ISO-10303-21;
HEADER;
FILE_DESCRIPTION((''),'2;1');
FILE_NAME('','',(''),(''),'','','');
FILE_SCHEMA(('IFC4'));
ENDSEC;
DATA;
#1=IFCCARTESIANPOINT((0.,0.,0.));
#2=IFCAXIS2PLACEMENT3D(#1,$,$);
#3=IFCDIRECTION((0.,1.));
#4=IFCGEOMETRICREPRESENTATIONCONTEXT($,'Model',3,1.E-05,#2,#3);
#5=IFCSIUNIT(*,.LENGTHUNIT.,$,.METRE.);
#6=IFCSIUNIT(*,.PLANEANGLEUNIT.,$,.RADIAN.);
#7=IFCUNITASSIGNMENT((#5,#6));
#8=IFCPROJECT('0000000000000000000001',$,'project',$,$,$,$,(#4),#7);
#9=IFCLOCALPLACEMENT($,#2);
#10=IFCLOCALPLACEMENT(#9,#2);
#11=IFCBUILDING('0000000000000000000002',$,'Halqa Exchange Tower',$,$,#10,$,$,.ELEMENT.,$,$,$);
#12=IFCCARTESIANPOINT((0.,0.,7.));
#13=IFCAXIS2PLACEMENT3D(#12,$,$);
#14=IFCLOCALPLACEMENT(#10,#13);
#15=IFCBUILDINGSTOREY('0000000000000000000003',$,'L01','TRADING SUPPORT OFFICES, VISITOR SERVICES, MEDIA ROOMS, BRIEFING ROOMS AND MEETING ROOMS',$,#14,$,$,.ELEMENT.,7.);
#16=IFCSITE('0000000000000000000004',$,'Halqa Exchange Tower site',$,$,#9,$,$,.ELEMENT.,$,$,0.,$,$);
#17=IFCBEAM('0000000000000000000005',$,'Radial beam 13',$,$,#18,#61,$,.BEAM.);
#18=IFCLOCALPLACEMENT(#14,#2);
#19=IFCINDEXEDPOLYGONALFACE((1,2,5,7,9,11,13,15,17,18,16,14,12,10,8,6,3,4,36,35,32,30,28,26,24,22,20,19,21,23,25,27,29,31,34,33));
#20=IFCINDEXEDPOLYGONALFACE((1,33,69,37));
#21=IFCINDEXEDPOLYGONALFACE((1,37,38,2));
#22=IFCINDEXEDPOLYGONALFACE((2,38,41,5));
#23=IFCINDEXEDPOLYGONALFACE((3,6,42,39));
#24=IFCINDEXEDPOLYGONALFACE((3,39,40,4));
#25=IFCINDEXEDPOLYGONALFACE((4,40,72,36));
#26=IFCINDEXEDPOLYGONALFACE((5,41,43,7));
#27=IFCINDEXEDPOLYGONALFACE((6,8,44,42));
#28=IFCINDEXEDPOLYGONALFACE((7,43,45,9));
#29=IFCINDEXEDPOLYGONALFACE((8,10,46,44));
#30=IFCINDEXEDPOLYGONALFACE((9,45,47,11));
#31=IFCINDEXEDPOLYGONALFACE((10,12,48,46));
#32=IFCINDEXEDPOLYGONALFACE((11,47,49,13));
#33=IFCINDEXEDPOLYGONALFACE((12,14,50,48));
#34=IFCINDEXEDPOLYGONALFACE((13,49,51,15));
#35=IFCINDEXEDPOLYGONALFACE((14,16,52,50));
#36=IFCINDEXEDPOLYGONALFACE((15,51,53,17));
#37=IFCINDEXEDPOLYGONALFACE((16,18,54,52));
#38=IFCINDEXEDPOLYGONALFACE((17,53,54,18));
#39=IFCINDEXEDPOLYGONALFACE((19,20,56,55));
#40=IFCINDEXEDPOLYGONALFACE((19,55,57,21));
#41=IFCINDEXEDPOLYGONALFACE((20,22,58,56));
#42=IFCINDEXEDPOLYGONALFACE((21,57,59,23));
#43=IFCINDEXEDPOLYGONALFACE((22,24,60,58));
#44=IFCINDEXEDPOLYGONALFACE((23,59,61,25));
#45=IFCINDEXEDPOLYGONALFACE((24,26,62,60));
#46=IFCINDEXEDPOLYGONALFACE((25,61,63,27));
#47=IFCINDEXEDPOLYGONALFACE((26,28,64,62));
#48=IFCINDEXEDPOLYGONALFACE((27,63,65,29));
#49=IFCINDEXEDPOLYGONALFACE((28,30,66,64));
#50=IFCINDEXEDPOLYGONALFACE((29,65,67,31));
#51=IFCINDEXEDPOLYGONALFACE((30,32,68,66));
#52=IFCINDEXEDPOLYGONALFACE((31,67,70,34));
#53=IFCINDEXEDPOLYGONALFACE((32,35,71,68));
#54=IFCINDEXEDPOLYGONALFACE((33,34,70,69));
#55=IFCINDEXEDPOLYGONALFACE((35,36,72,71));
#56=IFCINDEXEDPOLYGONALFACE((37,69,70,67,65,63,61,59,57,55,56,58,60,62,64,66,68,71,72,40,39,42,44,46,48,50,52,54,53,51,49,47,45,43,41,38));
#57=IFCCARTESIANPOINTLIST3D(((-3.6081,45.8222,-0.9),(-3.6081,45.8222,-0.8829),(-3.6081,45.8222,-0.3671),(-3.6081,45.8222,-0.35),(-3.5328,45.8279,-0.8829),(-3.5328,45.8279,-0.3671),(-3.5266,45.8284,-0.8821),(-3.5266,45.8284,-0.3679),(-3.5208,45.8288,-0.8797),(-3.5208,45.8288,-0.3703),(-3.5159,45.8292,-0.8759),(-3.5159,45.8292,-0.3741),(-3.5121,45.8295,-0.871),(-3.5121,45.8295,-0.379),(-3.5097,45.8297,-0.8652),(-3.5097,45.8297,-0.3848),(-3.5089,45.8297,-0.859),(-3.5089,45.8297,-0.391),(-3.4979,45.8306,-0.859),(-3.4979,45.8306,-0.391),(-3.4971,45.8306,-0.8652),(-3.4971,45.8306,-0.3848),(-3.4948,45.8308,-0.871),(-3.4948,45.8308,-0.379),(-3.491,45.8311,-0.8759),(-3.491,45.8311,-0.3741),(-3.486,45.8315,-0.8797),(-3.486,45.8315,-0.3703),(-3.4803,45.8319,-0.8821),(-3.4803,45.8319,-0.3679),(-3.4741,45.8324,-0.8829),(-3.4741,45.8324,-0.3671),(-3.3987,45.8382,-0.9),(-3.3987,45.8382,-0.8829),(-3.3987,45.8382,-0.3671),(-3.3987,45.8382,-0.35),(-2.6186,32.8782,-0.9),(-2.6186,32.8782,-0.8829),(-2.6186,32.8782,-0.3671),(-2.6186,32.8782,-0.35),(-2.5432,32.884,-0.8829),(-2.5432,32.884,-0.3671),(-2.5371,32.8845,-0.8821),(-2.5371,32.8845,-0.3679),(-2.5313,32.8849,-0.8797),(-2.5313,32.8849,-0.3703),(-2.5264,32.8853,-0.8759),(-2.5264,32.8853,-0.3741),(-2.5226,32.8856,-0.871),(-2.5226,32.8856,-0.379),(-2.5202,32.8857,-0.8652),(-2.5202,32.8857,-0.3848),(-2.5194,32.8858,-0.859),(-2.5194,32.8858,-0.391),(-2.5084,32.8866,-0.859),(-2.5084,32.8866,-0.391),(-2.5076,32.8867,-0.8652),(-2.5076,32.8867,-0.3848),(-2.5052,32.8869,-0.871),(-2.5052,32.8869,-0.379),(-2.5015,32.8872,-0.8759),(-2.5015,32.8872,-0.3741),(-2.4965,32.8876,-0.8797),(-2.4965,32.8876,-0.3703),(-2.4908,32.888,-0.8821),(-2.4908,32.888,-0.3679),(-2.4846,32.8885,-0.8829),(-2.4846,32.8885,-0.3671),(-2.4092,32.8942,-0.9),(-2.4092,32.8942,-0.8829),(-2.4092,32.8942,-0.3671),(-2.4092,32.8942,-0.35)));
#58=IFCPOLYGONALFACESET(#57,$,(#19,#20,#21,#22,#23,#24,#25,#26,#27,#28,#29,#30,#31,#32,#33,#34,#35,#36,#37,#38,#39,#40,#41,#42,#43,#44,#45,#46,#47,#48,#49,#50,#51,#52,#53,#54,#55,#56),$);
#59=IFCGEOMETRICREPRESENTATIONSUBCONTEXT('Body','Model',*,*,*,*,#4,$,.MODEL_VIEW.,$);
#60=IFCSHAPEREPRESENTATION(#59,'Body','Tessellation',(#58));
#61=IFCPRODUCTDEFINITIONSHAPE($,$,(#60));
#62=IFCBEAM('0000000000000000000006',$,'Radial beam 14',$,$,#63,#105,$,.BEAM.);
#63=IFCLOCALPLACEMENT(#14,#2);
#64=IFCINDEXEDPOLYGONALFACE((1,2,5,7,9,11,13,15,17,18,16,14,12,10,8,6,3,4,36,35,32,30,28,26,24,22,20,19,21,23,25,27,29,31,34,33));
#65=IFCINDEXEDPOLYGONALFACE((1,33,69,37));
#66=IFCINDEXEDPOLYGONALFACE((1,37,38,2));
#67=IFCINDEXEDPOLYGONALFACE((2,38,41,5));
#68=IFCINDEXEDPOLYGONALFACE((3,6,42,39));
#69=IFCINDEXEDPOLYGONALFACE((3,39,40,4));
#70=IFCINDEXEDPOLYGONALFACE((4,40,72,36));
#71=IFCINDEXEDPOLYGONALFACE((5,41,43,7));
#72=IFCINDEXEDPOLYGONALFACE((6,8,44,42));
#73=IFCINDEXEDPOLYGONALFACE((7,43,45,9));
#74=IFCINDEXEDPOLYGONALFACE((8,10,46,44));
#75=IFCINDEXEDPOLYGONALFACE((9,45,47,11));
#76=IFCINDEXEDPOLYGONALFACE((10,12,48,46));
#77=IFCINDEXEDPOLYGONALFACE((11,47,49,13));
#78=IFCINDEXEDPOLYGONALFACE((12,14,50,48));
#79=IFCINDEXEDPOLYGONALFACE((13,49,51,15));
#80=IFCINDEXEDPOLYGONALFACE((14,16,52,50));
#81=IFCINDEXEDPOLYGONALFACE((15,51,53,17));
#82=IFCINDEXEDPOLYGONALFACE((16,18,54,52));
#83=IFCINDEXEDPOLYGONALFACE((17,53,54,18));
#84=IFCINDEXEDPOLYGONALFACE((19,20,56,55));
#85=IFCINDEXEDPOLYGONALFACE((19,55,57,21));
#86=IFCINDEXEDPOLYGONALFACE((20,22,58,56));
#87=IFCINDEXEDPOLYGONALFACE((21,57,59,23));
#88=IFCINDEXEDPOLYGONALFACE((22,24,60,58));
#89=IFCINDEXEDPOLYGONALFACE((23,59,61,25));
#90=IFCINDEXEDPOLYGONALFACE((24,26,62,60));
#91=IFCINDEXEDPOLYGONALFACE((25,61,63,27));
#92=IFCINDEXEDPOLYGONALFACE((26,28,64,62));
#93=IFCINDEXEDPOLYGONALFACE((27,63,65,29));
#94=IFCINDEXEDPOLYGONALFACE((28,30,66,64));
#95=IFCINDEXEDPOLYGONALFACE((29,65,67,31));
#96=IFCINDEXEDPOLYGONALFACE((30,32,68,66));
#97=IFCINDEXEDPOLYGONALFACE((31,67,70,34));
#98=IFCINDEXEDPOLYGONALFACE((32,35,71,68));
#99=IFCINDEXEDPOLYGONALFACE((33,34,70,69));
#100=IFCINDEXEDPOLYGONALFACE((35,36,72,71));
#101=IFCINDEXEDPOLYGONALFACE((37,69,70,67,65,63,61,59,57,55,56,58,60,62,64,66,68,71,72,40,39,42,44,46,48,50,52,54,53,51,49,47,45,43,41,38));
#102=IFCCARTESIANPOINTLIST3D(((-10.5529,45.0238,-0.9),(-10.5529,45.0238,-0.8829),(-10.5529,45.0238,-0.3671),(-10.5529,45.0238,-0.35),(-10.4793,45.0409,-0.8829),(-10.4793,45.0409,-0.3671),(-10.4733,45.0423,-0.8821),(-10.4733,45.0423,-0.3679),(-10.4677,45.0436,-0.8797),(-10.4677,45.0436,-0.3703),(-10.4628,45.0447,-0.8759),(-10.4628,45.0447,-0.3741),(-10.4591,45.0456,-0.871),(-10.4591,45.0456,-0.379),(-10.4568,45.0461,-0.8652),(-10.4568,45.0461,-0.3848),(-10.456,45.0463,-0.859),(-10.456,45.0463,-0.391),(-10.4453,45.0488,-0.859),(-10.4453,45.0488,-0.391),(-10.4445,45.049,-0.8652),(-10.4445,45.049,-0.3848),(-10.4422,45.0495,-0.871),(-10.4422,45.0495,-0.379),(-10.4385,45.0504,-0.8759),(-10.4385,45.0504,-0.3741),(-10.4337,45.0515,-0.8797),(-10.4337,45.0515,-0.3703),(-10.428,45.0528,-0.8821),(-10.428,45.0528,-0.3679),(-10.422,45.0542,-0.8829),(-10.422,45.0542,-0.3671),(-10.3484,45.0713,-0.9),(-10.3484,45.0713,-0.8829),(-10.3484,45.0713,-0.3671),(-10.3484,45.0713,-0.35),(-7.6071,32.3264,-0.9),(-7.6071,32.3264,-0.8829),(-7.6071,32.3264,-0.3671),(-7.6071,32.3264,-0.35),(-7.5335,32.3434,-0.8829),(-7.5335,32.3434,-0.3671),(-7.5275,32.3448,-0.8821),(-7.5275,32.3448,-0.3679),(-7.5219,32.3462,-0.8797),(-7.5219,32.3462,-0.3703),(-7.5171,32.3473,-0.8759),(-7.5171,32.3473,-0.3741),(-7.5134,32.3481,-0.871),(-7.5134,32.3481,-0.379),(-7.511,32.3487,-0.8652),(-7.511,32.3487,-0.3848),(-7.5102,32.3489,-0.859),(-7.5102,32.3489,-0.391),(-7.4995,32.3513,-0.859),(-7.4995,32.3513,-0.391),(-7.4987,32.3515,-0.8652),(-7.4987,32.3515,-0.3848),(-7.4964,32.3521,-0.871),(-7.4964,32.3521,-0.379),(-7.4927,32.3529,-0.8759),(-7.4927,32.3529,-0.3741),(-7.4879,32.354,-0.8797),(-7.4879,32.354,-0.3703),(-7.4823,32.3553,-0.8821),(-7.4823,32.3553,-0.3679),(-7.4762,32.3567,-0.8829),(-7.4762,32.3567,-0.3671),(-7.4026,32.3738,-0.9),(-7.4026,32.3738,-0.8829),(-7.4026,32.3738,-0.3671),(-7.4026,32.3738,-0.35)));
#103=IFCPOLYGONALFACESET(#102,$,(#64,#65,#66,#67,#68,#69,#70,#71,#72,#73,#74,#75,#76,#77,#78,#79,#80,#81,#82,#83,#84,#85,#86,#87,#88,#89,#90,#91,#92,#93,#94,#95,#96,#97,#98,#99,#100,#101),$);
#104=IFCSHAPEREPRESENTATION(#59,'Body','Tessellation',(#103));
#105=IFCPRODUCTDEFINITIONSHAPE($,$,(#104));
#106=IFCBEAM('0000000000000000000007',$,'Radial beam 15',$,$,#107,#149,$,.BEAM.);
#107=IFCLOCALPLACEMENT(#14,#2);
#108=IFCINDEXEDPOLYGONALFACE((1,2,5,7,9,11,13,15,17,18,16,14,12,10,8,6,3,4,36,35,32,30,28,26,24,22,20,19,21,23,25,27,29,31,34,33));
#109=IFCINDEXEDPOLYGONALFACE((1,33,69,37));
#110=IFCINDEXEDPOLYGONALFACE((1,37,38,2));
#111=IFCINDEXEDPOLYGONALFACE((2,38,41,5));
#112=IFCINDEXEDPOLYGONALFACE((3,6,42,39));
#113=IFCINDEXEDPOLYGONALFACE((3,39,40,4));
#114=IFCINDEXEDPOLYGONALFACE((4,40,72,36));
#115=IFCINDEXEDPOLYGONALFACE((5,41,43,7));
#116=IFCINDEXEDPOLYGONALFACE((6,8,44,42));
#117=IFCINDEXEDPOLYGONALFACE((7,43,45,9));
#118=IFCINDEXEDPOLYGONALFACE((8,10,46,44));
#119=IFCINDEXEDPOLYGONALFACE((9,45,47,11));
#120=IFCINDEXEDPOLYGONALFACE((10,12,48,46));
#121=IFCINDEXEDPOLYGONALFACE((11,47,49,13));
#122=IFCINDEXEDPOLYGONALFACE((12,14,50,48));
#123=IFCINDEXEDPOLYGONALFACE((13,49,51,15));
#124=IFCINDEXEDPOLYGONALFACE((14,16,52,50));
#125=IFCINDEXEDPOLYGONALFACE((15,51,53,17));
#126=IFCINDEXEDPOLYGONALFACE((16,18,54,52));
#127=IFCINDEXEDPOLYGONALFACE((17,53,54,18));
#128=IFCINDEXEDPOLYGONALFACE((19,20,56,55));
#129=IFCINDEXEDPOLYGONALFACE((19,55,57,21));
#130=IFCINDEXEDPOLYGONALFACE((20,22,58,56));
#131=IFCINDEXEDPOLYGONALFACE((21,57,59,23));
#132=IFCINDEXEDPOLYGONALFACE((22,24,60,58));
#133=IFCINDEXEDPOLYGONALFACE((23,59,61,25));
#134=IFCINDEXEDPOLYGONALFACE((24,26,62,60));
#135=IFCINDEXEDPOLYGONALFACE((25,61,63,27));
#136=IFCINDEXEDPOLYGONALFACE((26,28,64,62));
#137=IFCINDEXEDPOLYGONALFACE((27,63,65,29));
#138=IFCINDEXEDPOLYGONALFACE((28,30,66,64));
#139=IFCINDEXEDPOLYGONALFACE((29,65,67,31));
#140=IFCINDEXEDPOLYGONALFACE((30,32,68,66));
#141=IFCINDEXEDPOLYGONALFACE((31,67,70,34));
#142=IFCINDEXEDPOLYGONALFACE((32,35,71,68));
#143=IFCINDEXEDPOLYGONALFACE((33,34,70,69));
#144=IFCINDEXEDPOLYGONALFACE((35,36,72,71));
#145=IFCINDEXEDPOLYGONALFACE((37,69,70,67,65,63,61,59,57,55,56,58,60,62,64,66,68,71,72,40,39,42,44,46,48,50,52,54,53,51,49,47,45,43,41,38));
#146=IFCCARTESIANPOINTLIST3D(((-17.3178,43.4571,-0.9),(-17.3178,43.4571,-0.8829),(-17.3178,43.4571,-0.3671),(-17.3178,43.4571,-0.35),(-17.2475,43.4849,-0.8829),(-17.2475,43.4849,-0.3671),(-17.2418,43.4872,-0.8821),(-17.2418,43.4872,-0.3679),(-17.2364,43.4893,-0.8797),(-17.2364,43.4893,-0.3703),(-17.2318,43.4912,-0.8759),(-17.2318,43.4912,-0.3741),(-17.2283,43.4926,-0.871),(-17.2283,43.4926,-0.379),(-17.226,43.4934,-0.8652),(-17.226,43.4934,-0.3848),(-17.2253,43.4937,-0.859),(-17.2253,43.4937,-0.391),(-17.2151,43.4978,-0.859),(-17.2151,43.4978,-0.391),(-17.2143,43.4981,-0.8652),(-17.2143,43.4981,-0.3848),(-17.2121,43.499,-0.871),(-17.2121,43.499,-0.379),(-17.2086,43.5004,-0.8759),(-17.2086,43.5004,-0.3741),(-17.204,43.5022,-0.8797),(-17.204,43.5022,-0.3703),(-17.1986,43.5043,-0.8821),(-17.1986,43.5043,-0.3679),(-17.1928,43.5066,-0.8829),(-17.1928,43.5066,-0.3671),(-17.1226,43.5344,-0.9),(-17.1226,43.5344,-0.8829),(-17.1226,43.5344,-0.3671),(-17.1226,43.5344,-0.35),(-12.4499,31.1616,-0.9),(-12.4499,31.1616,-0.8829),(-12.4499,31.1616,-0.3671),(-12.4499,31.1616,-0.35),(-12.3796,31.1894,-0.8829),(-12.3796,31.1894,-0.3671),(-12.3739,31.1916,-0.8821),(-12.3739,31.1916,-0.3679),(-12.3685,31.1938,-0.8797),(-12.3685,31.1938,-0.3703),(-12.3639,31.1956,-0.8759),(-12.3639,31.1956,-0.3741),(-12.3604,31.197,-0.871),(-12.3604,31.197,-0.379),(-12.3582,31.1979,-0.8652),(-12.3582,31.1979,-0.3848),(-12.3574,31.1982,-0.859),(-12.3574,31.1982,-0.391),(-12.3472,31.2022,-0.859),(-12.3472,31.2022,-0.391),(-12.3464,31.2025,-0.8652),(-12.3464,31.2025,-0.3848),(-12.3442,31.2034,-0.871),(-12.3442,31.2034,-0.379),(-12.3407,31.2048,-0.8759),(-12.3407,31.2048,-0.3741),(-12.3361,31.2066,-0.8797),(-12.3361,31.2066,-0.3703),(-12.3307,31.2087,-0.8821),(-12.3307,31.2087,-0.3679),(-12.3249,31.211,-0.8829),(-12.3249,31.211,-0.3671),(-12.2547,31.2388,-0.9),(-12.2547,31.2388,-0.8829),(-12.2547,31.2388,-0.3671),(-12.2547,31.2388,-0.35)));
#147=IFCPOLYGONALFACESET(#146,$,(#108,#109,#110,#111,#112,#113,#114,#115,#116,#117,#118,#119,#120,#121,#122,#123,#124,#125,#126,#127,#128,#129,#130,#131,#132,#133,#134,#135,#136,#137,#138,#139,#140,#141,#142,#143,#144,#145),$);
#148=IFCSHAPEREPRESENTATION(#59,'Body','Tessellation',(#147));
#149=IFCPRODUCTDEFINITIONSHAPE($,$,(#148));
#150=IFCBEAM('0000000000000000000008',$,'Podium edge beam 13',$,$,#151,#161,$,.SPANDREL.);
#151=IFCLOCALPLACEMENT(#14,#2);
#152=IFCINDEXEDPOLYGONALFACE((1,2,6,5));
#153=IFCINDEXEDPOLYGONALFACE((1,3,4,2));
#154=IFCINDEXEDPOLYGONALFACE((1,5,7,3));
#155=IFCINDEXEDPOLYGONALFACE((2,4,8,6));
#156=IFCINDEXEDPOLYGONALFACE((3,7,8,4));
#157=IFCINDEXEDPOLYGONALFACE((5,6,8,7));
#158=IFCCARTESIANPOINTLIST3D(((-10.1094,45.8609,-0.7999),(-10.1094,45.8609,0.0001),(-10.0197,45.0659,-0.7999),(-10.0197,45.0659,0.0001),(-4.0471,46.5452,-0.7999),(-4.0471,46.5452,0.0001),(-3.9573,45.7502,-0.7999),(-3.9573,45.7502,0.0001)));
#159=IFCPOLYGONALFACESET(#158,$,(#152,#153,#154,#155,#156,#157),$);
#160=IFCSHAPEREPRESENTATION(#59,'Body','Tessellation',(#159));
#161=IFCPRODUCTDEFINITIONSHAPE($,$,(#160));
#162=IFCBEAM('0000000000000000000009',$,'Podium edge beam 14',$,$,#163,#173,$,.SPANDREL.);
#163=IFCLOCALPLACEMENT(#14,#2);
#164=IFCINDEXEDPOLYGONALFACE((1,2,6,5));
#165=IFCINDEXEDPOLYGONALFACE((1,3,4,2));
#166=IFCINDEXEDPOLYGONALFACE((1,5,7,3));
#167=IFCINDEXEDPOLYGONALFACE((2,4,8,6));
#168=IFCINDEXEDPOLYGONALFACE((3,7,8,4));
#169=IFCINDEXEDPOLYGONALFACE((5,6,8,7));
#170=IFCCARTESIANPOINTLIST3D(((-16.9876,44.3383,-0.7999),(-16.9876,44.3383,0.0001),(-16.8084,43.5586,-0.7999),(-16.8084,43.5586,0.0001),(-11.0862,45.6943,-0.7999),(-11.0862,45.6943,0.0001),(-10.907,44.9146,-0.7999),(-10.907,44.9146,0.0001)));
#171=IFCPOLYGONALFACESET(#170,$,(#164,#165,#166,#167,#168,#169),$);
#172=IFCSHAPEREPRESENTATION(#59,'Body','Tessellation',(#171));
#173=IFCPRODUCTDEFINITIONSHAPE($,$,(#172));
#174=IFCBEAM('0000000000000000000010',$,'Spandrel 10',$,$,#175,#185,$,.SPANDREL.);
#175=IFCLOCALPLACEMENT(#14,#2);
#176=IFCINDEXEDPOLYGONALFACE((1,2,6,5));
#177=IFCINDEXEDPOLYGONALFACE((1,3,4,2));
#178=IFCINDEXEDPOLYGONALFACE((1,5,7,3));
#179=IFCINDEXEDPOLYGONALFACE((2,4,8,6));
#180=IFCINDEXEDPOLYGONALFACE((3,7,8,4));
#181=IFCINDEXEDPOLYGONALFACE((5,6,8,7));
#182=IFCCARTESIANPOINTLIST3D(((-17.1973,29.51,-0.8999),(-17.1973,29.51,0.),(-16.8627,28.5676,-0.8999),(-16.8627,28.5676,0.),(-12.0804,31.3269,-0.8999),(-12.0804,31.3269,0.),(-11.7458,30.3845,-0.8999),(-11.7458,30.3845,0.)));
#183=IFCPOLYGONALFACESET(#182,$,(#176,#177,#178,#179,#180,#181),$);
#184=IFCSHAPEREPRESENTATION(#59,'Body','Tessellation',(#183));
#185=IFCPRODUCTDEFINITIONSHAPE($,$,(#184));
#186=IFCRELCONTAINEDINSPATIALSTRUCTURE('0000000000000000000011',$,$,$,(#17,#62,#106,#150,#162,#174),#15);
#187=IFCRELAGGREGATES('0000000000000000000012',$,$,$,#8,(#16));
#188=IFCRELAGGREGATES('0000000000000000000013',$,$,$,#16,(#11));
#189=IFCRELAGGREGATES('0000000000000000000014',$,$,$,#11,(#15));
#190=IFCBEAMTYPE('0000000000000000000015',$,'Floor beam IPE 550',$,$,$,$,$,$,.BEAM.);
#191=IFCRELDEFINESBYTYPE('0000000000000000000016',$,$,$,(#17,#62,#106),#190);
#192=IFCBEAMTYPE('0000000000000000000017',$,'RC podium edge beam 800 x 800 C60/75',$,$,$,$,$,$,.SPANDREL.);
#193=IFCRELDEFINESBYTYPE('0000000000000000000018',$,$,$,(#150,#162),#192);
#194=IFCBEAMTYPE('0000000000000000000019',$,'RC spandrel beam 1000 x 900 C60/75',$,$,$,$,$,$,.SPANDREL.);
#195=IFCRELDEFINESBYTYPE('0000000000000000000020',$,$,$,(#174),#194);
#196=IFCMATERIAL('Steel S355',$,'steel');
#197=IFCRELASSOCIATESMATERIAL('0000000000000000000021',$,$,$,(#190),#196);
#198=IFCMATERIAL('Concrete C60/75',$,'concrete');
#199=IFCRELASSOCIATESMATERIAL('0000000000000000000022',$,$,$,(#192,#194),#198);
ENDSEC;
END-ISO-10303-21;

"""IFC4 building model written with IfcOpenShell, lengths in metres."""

from ifc_helpers import new_model, si_unit, direction, frame, origin, origin_2d, place, context, subcontext, project, spatial, rectangle, i_section, extrude, material, material_profile, profile_set, type_object, element, save


model = new_model("IFC4")

# Units and contexts
model_context = context("Model", 3, precision=1e-05, world=origin(), true_north=direction((0.0, 1.0)))
body_context = subcontext(model_context, "Body", "Model", "MODEL_VIEW")
ifc_project = project(units=[si_unit("LENGTHUNIT", "METRE"), si_unit("PLANEANGLEUNIT", "RADIAN")], contexts=[model_context])

# Site, building, storey
site_placement = place(None, origin())
site = spatial("IfcSite", under=ifc_project, at=site_placement, Name="Halqa Exchange Tower site", CompositionType="ELEMENT", RefElevation=0.0)
building_placement = place(site_placement, origin())
building = spatial("IfcBuilding", under=site, at=building_placement, Name="Halqa Exchange Tower", CompositionType="ELEMENT")
storey_placement = place(building_placement, frame((0.0, 0.0, 7.0)))
storey = spatial("IfcBuildingStorey", under=building, at=storey_placement, Name="L01", Description="TRADING SUPPORT OFFICES, VISITOR SERVICES, MEDIA ROOMS, BRIEFING ROOMS AND MEETING ROOMS", CompositionType="ELEMENT", Elevation=7.0)

# Shared definitions
ifc_material_1 = material(Name="Concrete C60/75", Category="concrete")

# Beams
ifc_material_2 = material(Name="Steel S355", Category="steel")
ifc_material_profile_1 = material_profile(ifc_material_2, i_section(OverallWidth=0.21, OverallDepth=0.55, WebThickness=0.011, FlangeThickness=0.0171, FilletRadius=0.0239, at=origin_2d()), Name="IPE 550")
ifc_profile_set_1 = profile_set([ifc_material_profile_1], Name="Steel S355")
beam_type_1 = type_object("IfcBeamType", Name="Floor beam IPE 550", PredefinedType="BEAM", material=ifc_profile_set_1)
beam_1_placement = place(storey_placement, frame((-2.5139, 32.8862, -0.625), z_axis=(-0.076223, 0.997091, 0.0), x_axis=(-0.997091, -0.076223, 0.0)))
element("IfcBeam", 1, at=beam_1_placement, inside=storey, type_object=beam_type_1, Name="Radial beam 13", PredefinedType="BEAM", context=body_context, shape_type="SweptSolid", body=[
    extrude(i_section(OverallWidth=0.21, OverallDepth=0.55, WebThickness=0.011, FlangeThickness=0.0171, FilletRadius=0.0239, at=origin_2d()), origin(), (0.0, 0.0, 1.0), 12.9817),
])
beam_2_placement = place(storey_placement, frame((-7.5049, 32.3501, -0.625), z_axis=(-0.225996, 0.974128, 0.0), x_axis=(-0.974128, -0.225996, 0.0)))
element("IfcBeam", 2, at=beam_2_placement, inside=storey, type_object=beam_type_1, Name="Radial beam 14", PredefinedType="BEAM", context=body_context, shape_type="SweptSolid", body=[
    extrude(i_section(OverallWidth=0.21, OverallDepth=0.55, WebThickness=0.011, FlangeThickness=0.0171, FilletRadius=0.0239, at=origin_2d()), origin(), (0.0, 0.0, 1.0), 13.0347),
])
beam_3_placement = place(storey_placement, frame((-12.3523, 31.2002, -0.625), z_axis=(-0.368107, 0.929784, 0.0), x_axis=(-0.929784, -0.368107, 0.0)))
element("IfcBeam", 3, at=beam_3_placement, inside=storey, type_object=beam_type_1, Name="Radial beam 15", PredefinedType="BEAM", context=body_context, shape_type="SweptSolid", body=[
    extrude(i_section(OverallWidth=0.21, OverallDepth=0.55, WebThickness=0.011, FlangeThickness=0.0171, FilletRadius=0.0239, at=origin_2d()), origin(), (0.0, 0.0, 1.0), 13.2241),
])
ifc_material_profile_2 = material_profile(ifc_material_1, rectangle(XDim=0.8, YDim=0.8, at=origin_2d()), Name="800 x 800")
ifc_profile_set_2 = profile_set([ifc_material_profile_2], Name="Concrete C60/75")
beam_type_2 = type_object("IfcBeamType", Name="RC podium edge beam 800 x 800 C60/75", PredefinedType="SPANDREL", material=ifc_profile_set_2)
beam_4_placement = place(storey_placement, frame((-4.0022, 46.1477, -0.3999), z_axis=(-0.993689, -0.112171, 0.0), x_axis=(0.112171, -0.993689, 0.0)))
element("IfcBeam", 4, at=beam_4_placement, inside=storey, type_object=beam_type_2, Name="Podium edge beam 13", PredefinedType="SPANDREL", context=body_context, shape_type="SweptSolid", body=[
    extrude(rectangle(XDim=0.8, YDim=0.8, at=origin_2d()), origin(), (0.0, 0.0, 1.0), 6.1008),
])
beam_5_placement = place(storey_placement, frame((-10.9966, 45.3044, -0.3999), z_axis=(-0.974604, -0.223935, 0.0), x_axis=(0.223935, -0.974604, 0.0)))
element("IfcBeam", 5, at=beam_5_placement, inside=storey, type_object=beam_type_2, Name="Podium edge beam 14", PredefinedType="SPANDREL", context=body_context, shape_type="SweptSolid", body=[
    extrude(rectangle(XDim=0.8, YDim=0.8, at=origin_2d()), origin(), (0.0, 0.0, 1.0), 6.0552),
])
ifc_material_profile_3 = material_profile(ifc_material_1, rectangle(XDim=1.0, YDim=0.8999, at=origin_2d()), Name="1000 x 900")
ifc_profile_set_3 = profile_set([ifc_material_profile_3], Name="Concrete C60/75")
beam_type_3 = type_object("IfcBeamType", Name="RC spandrel beam 1000 x 900 C60/75", PredefinedType="SPANDREL", material=ifc_profile_set_3)
beam_6_placement = place(storey_placement, frame((-11.9131, 30.8557, -0.45), z_axis=(-0.942358, -0.334607, 0.0), x_axis=(0.334607, -0.942358, 0.0)))
element("IfcBeam", 6, at=beam_6_placement, inside=storey, type_object=beam_type_3, Name="Spandrel 10", PredefinedType="SPANDREL", context=body_context, shape_type="SweptSolid", body=[
    extrude(rectangle(XDim=1.0, YDim=0.8999, at=origin_2d()), origin(), (0.0, 0.0, 1.0), 5.4299),
])

save(model, "model.ifc")
